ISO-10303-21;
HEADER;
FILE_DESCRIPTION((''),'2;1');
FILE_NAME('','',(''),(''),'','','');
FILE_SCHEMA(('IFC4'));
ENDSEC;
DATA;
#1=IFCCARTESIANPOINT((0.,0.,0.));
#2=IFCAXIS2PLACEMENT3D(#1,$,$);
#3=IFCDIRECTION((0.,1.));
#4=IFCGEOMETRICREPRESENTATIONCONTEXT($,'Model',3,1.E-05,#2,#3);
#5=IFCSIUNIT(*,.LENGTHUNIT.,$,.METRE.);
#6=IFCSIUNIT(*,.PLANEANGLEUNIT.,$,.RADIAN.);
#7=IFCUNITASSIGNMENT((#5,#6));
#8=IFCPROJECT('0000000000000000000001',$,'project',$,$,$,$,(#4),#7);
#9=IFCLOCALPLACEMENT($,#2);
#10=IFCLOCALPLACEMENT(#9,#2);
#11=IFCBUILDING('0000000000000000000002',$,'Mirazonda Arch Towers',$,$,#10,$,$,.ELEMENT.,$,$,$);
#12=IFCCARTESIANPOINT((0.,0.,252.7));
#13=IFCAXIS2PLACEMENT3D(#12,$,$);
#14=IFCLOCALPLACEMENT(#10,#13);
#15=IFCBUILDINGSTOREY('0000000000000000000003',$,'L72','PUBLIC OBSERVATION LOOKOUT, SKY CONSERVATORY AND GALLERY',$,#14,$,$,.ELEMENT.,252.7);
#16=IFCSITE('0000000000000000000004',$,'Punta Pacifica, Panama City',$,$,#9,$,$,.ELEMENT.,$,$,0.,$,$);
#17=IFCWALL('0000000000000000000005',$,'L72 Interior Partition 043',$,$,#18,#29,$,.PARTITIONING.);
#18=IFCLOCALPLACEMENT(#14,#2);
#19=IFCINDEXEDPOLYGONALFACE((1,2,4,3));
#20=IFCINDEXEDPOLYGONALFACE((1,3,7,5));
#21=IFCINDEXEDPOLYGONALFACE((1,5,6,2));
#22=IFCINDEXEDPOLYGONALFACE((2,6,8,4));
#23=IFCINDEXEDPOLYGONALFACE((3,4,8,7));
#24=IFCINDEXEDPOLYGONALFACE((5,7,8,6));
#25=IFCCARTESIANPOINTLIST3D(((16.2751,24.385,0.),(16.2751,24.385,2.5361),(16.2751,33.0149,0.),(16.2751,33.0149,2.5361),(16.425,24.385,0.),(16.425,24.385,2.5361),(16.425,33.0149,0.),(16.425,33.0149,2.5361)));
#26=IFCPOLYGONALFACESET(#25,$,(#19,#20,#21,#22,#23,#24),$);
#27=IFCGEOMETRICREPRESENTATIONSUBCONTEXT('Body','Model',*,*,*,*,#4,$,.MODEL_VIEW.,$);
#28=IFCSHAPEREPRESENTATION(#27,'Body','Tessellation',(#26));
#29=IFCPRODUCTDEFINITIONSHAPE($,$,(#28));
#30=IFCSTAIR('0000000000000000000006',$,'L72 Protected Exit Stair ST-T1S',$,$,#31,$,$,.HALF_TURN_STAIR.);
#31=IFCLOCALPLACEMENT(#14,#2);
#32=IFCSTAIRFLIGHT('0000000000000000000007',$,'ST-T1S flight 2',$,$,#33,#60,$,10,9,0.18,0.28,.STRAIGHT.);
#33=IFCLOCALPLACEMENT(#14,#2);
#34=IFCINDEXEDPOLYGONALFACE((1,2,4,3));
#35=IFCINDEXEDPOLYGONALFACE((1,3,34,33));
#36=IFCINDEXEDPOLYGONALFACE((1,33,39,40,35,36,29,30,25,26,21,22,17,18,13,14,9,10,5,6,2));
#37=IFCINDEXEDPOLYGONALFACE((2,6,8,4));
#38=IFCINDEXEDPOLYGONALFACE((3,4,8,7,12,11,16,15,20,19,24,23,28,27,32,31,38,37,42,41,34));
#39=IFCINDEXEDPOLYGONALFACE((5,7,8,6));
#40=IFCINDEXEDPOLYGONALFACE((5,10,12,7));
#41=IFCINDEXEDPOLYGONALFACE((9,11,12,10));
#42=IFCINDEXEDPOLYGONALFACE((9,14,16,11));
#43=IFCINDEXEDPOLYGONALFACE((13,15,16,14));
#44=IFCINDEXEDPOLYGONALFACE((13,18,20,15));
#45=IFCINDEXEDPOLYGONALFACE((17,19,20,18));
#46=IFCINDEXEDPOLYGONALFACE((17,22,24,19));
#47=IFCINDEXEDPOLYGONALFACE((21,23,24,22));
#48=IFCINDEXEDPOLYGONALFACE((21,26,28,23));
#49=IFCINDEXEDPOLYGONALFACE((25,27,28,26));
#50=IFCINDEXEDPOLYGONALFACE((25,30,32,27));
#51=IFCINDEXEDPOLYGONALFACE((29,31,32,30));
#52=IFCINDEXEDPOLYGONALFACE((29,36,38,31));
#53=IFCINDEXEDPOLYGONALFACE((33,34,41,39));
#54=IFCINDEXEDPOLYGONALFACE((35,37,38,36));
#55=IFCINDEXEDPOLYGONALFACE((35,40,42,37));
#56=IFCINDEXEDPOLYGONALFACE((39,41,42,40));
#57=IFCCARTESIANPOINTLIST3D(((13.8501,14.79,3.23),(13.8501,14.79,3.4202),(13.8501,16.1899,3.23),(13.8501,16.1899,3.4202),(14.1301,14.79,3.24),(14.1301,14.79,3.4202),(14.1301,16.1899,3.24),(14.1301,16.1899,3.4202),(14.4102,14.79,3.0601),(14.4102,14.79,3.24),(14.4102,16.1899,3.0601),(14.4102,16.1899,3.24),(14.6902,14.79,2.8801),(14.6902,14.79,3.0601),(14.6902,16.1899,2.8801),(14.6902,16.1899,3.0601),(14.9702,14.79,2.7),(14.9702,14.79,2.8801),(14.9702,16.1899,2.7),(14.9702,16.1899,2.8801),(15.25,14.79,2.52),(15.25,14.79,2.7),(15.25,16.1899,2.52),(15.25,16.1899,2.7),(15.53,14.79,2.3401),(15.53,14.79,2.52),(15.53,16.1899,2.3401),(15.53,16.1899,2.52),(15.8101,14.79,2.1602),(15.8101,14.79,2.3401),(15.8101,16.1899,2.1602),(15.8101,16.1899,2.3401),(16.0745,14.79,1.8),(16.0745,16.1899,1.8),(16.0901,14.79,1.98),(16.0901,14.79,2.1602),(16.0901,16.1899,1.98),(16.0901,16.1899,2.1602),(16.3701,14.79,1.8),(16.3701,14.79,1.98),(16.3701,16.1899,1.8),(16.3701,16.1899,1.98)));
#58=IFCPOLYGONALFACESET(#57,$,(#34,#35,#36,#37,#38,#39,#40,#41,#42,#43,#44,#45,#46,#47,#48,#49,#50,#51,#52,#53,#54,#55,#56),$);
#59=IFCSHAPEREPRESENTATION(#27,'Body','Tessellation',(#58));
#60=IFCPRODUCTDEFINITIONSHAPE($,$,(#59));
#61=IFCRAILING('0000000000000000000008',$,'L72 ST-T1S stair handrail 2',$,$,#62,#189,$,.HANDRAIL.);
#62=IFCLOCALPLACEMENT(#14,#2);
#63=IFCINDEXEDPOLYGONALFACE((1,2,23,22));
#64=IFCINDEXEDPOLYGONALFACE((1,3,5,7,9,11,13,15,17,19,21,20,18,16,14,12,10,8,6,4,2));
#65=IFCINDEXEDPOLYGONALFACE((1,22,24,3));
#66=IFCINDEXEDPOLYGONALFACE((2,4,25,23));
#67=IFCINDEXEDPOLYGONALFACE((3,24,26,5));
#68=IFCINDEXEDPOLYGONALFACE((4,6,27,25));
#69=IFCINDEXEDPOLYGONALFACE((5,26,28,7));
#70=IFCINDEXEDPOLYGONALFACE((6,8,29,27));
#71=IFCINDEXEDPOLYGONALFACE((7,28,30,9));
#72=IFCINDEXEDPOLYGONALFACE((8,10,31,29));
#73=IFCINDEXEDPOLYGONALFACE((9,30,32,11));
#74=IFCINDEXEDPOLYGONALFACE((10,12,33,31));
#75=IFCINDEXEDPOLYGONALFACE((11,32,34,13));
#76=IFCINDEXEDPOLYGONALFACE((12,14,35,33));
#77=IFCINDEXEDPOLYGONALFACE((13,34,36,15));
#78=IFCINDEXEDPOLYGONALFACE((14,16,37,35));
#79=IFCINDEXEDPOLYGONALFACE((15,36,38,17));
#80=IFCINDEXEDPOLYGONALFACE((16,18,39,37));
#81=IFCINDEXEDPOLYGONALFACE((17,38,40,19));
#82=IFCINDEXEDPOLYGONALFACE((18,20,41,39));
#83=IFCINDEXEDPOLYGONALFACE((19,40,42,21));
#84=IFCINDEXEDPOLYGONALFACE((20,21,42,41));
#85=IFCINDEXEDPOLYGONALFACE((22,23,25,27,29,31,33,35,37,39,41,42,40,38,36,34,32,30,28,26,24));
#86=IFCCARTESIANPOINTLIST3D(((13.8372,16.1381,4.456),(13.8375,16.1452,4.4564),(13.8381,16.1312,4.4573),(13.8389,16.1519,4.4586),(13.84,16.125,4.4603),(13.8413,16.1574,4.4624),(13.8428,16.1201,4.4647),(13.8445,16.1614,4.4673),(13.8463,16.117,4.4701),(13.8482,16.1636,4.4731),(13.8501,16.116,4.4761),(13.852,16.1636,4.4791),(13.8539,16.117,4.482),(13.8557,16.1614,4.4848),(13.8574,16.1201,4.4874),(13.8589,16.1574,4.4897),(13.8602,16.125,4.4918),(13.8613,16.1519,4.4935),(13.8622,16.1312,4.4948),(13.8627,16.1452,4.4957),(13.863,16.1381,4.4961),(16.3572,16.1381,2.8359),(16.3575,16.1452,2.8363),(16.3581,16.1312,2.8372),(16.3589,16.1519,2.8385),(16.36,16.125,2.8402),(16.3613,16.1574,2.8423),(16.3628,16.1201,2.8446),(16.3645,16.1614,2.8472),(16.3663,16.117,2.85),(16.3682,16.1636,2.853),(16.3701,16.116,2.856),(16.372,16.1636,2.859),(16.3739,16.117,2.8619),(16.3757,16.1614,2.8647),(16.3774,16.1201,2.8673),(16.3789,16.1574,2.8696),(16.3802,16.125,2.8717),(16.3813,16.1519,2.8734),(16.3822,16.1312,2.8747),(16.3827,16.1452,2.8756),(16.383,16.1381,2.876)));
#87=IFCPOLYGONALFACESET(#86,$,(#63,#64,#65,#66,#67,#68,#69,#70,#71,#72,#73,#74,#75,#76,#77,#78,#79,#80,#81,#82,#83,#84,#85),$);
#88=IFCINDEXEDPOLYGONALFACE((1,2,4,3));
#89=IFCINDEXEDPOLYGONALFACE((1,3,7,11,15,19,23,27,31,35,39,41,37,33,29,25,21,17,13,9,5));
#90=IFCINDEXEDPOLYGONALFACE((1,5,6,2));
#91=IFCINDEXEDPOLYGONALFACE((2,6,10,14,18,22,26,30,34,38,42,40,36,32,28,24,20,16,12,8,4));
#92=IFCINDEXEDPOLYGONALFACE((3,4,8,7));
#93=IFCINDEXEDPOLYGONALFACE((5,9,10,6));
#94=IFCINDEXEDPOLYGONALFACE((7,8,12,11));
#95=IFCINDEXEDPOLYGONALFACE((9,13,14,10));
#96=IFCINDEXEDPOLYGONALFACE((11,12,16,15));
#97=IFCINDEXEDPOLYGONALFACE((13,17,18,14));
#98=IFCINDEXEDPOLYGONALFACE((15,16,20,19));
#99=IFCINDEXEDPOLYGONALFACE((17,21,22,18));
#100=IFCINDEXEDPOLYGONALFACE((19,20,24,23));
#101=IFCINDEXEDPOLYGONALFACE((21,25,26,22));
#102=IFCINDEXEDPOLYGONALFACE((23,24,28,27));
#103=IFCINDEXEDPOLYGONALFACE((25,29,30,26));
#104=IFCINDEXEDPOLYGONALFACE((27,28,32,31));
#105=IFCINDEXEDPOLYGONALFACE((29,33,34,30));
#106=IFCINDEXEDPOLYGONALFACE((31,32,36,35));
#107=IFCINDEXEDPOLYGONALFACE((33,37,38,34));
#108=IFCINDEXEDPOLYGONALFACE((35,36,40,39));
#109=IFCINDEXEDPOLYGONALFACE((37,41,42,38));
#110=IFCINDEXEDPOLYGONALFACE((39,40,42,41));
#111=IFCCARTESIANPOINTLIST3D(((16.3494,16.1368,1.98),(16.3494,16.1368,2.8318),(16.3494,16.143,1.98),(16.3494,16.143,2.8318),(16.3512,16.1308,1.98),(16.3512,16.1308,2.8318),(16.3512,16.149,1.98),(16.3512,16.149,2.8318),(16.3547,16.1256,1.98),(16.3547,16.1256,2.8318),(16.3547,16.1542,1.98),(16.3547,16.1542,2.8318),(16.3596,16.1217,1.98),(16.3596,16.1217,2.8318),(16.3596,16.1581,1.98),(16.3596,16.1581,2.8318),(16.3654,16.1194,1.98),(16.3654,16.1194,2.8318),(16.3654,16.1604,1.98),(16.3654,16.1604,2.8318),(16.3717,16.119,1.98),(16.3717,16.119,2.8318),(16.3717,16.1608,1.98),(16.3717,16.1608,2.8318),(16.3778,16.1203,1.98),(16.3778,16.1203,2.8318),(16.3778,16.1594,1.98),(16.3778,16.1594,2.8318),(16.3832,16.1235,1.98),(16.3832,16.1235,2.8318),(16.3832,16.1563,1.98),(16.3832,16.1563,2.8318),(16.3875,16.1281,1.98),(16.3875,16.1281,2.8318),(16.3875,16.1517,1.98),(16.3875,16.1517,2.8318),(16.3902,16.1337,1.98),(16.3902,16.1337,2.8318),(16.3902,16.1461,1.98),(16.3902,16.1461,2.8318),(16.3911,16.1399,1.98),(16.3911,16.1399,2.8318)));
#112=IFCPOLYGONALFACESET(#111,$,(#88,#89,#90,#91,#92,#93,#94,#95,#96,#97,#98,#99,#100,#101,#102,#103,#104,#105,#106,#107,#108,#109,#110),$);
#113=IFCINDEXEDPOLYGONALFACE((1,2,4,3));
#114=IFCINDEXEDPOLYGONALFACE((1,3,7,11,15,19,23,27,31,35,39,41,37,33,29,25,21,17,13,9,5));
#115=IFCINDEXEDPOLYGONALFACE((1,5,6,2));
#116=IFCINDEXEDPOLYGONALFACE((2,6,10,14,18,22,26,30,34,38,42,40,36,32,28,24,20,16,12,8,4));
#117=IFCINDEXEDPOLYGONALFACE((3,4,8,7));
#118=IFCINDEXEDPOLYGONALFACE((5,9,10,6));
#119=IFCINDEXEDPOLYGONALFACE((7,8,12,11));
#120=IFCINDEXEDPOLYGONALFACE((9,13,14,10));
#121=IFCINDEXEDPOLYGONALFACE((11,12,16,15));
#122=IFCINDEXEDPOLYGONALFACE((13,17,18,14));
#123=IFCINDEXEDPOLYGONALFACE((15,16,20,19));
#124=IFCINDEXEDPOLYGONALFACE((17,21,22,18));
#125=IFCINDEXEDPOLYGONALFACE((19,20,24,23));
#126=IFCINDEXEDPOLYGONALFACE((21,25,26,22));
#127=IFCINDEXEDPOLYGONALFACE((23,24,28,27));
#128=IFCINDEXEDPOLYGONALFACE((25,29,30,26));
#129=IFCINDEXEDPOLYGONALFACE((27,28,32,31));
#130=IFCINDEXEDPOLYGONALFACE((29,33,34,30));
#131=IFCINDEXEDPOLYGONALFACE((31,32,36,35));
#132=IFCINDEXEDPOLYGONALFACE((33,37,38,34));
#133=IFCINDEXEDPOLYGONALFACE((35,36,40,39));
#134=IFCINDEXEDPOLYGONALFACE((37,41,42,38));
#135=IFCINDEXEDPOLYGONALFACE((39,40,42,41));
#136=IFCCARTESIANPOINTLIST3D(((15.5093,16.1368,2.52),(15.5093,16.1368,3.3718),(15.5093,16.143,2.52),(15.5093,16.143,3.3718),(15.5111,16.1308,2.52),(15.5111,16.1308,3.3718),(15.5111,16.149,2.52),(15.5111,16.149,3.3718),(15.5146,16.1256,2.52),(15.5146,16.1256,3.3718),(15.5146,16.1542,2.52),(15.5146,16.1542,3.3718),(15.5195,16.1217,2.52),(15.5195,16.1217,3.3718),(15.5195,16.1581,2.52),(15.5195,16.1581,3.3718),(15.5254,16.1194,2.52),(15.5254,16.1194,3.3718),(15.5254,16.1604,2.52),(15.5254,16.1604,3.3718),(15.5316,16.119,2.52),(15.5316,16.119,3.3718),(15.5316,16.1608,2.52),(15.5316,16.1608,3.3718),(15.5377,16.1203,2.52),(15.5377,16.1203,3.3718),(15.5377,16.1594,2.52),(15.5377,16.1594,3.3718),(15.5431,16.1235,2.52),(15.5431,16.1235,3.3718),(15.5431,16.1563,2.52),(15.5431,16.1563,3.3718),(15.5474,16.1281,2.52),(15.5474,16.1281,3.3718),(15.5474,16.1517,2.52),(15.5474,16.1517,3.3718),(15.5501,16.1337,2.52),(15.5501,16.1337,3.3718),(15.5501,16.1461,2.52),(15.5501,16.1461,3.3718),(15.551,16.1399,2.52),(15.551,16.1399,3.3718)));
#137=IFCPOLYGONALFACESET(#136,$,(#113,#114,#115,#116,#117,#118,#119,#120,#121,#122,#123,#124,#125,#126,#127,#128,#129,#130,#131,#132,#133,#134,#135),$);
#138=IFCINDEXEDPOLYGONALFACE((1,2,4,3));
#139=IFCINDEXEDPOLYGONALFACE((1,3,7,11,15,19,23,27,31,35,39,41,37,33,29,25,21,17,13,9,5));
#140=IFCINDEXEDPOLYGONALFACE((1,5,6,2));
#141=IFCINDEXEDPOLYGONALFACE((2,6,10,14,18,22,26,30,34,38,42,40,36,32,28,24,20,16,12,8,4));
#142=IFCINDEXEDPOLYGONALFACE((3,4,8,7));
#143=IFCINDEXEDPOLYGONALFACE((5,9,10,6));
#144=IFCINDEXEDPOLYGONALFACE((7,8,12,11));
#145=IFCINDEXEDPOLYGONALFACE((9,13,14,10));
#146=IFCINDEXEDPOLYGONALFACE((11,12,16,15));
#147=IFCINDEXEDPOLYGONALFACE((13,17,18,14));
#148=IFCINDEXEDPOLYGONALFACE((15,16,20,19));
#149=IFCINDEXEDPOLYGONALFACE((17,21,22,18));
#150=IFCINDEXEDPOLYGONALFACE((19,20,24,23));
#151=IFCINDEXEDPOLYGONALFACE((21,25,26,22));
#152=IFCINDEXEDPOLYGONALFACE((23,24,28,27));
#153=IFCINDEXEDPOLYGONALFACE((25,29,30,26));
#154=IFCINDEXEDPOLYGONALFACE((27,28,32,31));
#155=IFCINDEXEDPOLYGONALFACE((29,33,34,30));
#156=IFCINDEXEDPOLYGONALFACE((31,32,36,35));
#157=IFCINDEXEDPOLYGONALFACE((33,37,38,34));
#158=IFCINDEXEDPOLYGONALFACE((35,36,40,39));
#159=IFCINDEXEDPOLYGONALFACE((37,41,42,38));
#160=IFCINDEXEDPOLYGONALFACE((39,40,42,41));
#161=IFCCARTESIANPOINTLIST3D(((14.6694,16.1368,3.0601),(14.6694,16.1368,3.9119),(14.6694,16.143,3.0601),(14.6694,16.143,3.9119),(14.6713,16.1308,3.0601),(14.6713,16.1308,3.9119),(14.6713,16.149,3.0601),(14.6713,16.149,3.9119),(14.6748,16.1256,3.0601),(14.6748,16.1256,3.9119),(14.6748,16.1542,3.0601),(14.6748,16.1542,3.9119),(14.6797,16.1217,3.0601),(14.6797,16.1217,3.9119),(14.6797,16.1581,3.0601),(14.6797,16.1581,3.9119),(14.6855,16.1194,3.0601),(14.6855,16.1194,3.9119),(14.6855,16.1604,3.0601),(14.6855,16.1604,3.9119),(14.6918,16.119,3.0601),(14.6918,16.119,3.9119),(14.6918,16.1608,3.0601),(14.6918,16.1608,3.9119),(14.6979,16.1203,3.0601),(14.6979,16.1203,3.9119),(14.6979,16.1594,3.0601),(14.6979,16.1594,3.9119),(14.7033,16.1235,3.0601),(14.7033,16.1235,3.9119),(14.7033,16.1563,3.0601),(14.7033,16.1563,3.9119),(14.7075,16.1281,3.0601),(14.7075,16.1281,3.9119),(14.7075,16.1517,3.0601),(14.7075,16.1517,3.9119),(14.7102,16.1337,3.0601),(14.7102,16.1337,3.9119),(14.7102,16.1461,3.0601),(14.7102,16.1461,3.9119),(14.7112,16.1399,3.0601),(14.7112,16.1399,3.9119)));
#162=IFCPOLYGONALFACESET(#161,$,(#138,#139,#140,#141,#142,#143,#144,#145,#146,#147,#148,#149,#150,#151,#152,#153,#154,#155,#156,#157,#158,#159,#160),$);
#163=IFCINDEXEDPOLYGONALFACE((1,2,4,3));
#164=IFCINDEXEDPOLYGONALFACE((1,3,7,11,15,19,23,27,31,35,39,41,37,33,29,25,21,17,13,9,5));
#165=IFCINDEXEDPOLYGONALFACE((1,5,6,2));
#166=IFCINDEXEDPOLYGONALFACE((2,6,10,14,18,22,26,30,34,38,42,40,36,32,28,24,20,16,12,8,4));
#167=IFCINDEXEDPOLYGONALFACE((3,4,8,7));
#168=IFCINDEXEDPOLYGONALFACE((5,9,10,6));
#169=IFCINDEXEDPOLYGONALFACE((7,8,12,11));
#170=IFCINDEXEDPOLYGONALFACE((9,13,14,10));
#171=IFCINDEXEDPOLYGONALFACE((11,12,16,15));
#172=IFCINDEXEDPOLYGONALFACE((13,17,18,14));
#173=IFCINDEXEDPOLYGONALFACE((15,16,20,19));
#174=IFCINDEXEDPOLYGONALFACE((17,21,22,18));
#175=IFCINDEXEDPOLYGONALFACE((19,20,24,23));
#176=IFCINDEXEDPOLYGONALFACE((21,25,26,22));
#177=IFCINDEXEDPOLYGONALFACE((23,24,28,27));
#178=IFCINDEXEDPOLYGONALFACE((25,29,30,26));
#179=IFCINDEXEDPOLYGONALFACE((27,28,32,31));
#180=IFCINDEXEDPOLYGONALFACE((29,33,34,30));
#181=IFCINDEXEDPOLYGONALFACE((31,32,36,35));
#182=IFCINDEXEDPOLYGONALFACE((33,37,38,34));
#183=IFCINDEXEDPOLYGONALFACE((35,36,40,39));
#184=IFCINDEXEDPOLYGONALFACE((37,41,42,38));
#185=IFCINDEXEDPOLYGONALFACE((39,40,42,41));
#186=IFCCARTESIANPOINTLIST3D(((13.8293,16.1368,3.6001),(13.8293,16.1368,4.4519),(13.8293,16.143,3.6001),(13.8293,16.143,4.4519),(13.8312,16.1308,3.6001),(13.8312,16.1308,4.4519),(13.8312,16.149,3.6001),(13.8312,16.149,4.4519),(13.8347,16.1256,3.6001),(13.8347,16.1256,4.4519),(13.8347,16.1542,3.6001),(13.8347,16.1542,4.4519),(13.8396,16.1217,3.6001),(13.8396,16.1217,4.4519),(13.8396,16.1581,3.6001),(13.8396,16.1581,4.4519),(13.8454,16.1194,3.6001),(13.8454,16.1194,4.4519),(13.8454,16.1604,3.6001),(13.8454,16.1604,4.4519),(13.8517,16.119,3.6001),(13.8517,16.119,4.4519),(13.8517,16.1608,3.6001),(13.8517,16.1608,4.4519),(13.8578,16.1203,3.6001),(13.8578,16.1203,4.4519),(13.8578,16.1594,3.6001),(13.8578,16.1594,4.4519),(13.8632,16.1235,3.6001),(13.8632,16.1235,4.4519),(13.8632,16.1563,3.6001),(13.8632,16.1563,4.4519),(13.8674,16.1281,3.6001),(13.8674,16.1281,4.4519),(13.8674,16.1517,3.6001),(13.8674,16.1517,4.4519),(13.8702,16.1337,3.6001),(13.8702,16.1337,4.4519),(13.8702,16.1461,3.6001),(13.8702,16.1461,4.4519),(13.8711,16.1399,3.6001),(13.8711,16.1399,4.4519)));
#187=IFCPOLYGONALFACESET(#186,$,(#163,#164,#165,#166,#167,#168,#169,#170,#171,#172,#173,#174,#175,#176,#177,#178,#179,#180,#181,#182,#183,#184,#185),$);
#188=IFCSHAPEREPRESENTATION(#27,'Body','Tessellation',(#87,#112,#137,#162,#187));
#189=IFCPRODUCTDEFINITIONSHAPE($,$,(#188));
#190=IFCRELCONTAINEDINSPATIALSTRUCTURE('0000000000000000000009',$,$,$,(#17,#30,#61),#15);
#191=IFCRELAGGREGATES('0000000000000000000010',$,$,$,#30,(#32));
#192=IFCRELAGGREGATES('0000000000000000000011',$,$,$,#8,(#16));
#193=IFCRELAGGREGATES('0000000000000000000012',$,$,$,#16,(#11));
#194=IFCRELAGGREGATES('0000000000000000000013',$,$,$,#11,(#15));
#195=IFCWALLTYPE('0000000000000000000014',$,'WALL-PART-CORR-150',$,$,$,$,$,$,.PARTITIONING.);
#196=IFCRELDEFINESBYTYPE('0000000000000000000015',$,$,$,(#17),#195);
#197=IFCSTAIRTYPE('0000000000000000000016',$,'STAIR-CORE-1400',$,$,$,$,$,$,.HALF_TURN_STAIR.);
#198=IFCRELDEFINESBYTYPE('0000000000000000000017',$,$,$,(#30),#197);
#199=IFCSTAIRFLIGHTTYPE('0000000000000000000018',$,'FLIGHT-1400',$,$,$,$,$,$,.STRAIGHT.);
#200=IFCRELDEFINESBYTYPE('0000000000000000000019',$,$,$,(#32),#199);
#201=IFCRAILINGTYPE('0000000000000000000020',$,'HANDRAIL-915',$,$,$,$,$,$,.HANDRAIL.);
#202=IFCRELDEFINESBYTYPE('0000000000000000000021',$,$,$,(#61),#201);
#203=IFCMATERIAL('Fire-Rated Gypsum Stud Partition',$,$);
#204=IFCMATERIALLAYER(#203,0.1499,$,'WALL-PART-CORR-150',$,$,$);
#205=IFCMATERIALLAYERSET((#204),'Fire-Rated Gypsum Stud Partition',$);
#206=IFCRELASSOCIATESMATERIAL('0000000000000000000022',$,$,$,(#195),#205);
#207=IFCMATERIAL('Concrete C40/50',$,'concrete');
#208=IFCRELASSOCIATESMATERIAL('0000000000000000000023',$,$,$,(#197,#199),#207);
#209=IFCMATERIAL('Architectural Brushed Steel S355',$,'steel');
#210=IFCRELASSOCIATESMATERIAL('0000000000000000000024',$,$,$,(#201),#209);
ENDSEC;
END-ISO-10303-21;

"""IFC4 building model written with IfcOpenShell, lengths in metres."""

from ifc_helpers import new_model, si_unit, direction, frame, frame_2d, origin, origin_2d, place, context, subcontext, project, spatial, polyline, rectangle, circle, outline, extrude, material, layer, layer_set, type_object, element, aggregate, save


model = new_model("IFC4")

# Units and contexts
model_context = context("Model", 3, precision=1e-05, world=origin(), true_north=direction((0.0, 1.0)))
body_context = subcontext(model_context, "Body", "Model", "MODEL_VIEW")
ifc_project = project(units=[si_unit("LENGTHUNIT", "METRE"), si_unit("PLANEANGLEUNIT", "RADIAN")], contexts=[model_context])

# Site, building, storey
site_placement = place(None, origin())
site = spatial("IfcSite", under=ifc_project, at=site_placement, Name="Punta Pacifica, Panama City", CompositionType="ELEMENT", RefElevation=0.0)
building_placement = place(site_placement, origin())
building = spatial("IfcBuilding", under=site, at=building_placement, Name="Mirazonda Arch Towers", CompositionType="ELEMENT")
storey_placement = place(building_placement, frame((0.0, 0.0, 252.7)))
storey = spatial("IfcBuildingStorey", under=building, at=storey_placement, Name="L72", Description="PUBLIC OBSERVATION LOOKOUT, SKY CONSERVATORY AND GALLERY", CompositionType="ELEMENT", Elevation=252.7)

# Shared definitions
ifc_material_1 = material(Name="Architectural Brushed Steel S355", Category="steel")

# Shared definitions
ifc_material_2 = material(Name="Fire-Rated Gypsum Stud Partition")
ifc_layer_1 = layer(ifc_material_2, 0.1499, Name="WALL-PART-CORR-150")
ifc_layer_set_1 = layer_set([ifc_layer_1], Name="Fire-Rated Gypsum Stud Partition")
wall_type_1 = type_object("IfcWallType", Name="WALL-PART-CORR-150", PredefinedType="PARTITIONING", material=ifc_layer_set_1)

# Wall
wall_1_placement = place(storey_placement, frame((16.3501, 24.385, 0.0), z_axis=(0.0, 0.0, 1.0), x_axis=(0.0, 1.0, 0.0)))
element("IfcWall", 1, at=wall_1_placement, inside=storey, type_object=wall_type_1, Name="L72 Interior Partition 043", PredefinedType="PARTITIONING", context=body_context, shape_type="SweptSolid", body=[
    extrude(rectangle(XDim=8.6299, YDim=0.1499, at=frame_2d((4.3149, 0.0))), origin(), (0.0, 0.0, 1.0), 2.5361),
])

# Stair, stair flight
ifc_material_3 = material(Name="Concrete C40/50", Category="concrete")
stair_type = type_object("IfcStairType", Name="STAIR-CORE-1400", PredefinedType="HALF_TURN_STAIR", material=ifc_material_3)
stair_placement = place(storey_placement, origin())
stair = element("IfcStair", 2, at=stair_placement, inside=storey, type_object=stair_type, Name="L72 Protected Exit Stair ST-T1S", PredefinedType="HALF_TURN_STAIR")
stair_flight_type = type_object("IfcStairFlightType", Name="FLIGHT-1400", PredefinedType="STRAIGHT", material=ifc_material_3)
stair_flight_placement = place(storey_placement, frame((16.3701, 15.49, 1.8), z_axis=(0.0, 0.0, 1.0), x_axis=(-1.0, 0.0, 0.0)))
stair_flight = element("IfcStairFlight", 3, at=stair_flight_placement, type_object=stair_flight_type, Name="ST-T1S flight 2", NumberOfRisers=10, NumberOfTreads=9, PredefinedType="STRAIGHT", RiserHeight=0.18, TreadLength=0.28, context=body_context, shape_type="SweptSolid", body=[
    extrude(outline(polyline([(0.0, 0.0), (0.0, 0.1799), (0.28, 0.1799), (0.28, 0.3601), (0.5601, 0.3601), (0.5601, 0.54), (0.8401, 0.54), (0.8401, 0.72), (1.1201, 0.72), (1.1201, 0.8999), (1.3999, 0.8999), (1.3999, 1.0801), (1.6799, 1.0801), (1.6799, 1.26), (1.96, 1.26), (1.96, 1.4399), (2.24, 1.4399), (2.24, 1.6201), (2.52, 1.6201), (2.52, 1.8), (2.52, 1.4299), (0.2957, 0.0), (0.0, 0.0)])), frame((0.0, 0.7, 0.0), z_axis=(0.0, -1.0, 0.0), x_axis=(1.0, 0.0, 0.0)), (0.0, 0.0, 1.0), 1.3999),
])
aggregate(stair, [stair_flight])

# Railing
railing_type_1 = type_object("IfcRailingType", Name="HANDRAIL-915", PredefinedType="HANDRAIL", material=ifc_material_1)
railing_1_placement = place(storey_placement, frame((16.3701, 16.1399, 1.98)))
element("IfcRailing", 4, at=railing_1_placement, inside=storey, type_object=railing_type_1, Name="L72 ST-T1S stair handrail 2", PredefinedType="HANDRAIL", context=body_context, shape_type="SweptSolid", body=[
    extrude(circle(Radius=0.0239, at=origin_2d()), frame((0.0, 0.0, 0.876), z_axis=(-0.841163, 0.0, 0.540782), x_axis=(0.0, -1.0, 0.0)), (0.0, 0.0, 1.0), 2.9958),
    extrude(circle(Radius=0.021, at=origin_2d()), origin(), (0.0, 0.0, 1.0), 0.8518),
    extrude(circle(Radius=0.021, at=origin_2d()), frame((-0.8401, 0.0, 0.54)), (0.0, 0.0, 1.0), 0.8518),
    extrude(circle(Radius=0.021, at=origin_2d()), frame((-1.6799, 0.0, 1.0801)), (0.0, 0.0, 1.0), 0.8518),
    extrude(circle(Radius=0.021, at=origin_2d()), frame((-2.52, 0.0, 1.6201)), (0.0, 0.0, 1.0), 0.8518),
])

save(model, "model.ifc")
